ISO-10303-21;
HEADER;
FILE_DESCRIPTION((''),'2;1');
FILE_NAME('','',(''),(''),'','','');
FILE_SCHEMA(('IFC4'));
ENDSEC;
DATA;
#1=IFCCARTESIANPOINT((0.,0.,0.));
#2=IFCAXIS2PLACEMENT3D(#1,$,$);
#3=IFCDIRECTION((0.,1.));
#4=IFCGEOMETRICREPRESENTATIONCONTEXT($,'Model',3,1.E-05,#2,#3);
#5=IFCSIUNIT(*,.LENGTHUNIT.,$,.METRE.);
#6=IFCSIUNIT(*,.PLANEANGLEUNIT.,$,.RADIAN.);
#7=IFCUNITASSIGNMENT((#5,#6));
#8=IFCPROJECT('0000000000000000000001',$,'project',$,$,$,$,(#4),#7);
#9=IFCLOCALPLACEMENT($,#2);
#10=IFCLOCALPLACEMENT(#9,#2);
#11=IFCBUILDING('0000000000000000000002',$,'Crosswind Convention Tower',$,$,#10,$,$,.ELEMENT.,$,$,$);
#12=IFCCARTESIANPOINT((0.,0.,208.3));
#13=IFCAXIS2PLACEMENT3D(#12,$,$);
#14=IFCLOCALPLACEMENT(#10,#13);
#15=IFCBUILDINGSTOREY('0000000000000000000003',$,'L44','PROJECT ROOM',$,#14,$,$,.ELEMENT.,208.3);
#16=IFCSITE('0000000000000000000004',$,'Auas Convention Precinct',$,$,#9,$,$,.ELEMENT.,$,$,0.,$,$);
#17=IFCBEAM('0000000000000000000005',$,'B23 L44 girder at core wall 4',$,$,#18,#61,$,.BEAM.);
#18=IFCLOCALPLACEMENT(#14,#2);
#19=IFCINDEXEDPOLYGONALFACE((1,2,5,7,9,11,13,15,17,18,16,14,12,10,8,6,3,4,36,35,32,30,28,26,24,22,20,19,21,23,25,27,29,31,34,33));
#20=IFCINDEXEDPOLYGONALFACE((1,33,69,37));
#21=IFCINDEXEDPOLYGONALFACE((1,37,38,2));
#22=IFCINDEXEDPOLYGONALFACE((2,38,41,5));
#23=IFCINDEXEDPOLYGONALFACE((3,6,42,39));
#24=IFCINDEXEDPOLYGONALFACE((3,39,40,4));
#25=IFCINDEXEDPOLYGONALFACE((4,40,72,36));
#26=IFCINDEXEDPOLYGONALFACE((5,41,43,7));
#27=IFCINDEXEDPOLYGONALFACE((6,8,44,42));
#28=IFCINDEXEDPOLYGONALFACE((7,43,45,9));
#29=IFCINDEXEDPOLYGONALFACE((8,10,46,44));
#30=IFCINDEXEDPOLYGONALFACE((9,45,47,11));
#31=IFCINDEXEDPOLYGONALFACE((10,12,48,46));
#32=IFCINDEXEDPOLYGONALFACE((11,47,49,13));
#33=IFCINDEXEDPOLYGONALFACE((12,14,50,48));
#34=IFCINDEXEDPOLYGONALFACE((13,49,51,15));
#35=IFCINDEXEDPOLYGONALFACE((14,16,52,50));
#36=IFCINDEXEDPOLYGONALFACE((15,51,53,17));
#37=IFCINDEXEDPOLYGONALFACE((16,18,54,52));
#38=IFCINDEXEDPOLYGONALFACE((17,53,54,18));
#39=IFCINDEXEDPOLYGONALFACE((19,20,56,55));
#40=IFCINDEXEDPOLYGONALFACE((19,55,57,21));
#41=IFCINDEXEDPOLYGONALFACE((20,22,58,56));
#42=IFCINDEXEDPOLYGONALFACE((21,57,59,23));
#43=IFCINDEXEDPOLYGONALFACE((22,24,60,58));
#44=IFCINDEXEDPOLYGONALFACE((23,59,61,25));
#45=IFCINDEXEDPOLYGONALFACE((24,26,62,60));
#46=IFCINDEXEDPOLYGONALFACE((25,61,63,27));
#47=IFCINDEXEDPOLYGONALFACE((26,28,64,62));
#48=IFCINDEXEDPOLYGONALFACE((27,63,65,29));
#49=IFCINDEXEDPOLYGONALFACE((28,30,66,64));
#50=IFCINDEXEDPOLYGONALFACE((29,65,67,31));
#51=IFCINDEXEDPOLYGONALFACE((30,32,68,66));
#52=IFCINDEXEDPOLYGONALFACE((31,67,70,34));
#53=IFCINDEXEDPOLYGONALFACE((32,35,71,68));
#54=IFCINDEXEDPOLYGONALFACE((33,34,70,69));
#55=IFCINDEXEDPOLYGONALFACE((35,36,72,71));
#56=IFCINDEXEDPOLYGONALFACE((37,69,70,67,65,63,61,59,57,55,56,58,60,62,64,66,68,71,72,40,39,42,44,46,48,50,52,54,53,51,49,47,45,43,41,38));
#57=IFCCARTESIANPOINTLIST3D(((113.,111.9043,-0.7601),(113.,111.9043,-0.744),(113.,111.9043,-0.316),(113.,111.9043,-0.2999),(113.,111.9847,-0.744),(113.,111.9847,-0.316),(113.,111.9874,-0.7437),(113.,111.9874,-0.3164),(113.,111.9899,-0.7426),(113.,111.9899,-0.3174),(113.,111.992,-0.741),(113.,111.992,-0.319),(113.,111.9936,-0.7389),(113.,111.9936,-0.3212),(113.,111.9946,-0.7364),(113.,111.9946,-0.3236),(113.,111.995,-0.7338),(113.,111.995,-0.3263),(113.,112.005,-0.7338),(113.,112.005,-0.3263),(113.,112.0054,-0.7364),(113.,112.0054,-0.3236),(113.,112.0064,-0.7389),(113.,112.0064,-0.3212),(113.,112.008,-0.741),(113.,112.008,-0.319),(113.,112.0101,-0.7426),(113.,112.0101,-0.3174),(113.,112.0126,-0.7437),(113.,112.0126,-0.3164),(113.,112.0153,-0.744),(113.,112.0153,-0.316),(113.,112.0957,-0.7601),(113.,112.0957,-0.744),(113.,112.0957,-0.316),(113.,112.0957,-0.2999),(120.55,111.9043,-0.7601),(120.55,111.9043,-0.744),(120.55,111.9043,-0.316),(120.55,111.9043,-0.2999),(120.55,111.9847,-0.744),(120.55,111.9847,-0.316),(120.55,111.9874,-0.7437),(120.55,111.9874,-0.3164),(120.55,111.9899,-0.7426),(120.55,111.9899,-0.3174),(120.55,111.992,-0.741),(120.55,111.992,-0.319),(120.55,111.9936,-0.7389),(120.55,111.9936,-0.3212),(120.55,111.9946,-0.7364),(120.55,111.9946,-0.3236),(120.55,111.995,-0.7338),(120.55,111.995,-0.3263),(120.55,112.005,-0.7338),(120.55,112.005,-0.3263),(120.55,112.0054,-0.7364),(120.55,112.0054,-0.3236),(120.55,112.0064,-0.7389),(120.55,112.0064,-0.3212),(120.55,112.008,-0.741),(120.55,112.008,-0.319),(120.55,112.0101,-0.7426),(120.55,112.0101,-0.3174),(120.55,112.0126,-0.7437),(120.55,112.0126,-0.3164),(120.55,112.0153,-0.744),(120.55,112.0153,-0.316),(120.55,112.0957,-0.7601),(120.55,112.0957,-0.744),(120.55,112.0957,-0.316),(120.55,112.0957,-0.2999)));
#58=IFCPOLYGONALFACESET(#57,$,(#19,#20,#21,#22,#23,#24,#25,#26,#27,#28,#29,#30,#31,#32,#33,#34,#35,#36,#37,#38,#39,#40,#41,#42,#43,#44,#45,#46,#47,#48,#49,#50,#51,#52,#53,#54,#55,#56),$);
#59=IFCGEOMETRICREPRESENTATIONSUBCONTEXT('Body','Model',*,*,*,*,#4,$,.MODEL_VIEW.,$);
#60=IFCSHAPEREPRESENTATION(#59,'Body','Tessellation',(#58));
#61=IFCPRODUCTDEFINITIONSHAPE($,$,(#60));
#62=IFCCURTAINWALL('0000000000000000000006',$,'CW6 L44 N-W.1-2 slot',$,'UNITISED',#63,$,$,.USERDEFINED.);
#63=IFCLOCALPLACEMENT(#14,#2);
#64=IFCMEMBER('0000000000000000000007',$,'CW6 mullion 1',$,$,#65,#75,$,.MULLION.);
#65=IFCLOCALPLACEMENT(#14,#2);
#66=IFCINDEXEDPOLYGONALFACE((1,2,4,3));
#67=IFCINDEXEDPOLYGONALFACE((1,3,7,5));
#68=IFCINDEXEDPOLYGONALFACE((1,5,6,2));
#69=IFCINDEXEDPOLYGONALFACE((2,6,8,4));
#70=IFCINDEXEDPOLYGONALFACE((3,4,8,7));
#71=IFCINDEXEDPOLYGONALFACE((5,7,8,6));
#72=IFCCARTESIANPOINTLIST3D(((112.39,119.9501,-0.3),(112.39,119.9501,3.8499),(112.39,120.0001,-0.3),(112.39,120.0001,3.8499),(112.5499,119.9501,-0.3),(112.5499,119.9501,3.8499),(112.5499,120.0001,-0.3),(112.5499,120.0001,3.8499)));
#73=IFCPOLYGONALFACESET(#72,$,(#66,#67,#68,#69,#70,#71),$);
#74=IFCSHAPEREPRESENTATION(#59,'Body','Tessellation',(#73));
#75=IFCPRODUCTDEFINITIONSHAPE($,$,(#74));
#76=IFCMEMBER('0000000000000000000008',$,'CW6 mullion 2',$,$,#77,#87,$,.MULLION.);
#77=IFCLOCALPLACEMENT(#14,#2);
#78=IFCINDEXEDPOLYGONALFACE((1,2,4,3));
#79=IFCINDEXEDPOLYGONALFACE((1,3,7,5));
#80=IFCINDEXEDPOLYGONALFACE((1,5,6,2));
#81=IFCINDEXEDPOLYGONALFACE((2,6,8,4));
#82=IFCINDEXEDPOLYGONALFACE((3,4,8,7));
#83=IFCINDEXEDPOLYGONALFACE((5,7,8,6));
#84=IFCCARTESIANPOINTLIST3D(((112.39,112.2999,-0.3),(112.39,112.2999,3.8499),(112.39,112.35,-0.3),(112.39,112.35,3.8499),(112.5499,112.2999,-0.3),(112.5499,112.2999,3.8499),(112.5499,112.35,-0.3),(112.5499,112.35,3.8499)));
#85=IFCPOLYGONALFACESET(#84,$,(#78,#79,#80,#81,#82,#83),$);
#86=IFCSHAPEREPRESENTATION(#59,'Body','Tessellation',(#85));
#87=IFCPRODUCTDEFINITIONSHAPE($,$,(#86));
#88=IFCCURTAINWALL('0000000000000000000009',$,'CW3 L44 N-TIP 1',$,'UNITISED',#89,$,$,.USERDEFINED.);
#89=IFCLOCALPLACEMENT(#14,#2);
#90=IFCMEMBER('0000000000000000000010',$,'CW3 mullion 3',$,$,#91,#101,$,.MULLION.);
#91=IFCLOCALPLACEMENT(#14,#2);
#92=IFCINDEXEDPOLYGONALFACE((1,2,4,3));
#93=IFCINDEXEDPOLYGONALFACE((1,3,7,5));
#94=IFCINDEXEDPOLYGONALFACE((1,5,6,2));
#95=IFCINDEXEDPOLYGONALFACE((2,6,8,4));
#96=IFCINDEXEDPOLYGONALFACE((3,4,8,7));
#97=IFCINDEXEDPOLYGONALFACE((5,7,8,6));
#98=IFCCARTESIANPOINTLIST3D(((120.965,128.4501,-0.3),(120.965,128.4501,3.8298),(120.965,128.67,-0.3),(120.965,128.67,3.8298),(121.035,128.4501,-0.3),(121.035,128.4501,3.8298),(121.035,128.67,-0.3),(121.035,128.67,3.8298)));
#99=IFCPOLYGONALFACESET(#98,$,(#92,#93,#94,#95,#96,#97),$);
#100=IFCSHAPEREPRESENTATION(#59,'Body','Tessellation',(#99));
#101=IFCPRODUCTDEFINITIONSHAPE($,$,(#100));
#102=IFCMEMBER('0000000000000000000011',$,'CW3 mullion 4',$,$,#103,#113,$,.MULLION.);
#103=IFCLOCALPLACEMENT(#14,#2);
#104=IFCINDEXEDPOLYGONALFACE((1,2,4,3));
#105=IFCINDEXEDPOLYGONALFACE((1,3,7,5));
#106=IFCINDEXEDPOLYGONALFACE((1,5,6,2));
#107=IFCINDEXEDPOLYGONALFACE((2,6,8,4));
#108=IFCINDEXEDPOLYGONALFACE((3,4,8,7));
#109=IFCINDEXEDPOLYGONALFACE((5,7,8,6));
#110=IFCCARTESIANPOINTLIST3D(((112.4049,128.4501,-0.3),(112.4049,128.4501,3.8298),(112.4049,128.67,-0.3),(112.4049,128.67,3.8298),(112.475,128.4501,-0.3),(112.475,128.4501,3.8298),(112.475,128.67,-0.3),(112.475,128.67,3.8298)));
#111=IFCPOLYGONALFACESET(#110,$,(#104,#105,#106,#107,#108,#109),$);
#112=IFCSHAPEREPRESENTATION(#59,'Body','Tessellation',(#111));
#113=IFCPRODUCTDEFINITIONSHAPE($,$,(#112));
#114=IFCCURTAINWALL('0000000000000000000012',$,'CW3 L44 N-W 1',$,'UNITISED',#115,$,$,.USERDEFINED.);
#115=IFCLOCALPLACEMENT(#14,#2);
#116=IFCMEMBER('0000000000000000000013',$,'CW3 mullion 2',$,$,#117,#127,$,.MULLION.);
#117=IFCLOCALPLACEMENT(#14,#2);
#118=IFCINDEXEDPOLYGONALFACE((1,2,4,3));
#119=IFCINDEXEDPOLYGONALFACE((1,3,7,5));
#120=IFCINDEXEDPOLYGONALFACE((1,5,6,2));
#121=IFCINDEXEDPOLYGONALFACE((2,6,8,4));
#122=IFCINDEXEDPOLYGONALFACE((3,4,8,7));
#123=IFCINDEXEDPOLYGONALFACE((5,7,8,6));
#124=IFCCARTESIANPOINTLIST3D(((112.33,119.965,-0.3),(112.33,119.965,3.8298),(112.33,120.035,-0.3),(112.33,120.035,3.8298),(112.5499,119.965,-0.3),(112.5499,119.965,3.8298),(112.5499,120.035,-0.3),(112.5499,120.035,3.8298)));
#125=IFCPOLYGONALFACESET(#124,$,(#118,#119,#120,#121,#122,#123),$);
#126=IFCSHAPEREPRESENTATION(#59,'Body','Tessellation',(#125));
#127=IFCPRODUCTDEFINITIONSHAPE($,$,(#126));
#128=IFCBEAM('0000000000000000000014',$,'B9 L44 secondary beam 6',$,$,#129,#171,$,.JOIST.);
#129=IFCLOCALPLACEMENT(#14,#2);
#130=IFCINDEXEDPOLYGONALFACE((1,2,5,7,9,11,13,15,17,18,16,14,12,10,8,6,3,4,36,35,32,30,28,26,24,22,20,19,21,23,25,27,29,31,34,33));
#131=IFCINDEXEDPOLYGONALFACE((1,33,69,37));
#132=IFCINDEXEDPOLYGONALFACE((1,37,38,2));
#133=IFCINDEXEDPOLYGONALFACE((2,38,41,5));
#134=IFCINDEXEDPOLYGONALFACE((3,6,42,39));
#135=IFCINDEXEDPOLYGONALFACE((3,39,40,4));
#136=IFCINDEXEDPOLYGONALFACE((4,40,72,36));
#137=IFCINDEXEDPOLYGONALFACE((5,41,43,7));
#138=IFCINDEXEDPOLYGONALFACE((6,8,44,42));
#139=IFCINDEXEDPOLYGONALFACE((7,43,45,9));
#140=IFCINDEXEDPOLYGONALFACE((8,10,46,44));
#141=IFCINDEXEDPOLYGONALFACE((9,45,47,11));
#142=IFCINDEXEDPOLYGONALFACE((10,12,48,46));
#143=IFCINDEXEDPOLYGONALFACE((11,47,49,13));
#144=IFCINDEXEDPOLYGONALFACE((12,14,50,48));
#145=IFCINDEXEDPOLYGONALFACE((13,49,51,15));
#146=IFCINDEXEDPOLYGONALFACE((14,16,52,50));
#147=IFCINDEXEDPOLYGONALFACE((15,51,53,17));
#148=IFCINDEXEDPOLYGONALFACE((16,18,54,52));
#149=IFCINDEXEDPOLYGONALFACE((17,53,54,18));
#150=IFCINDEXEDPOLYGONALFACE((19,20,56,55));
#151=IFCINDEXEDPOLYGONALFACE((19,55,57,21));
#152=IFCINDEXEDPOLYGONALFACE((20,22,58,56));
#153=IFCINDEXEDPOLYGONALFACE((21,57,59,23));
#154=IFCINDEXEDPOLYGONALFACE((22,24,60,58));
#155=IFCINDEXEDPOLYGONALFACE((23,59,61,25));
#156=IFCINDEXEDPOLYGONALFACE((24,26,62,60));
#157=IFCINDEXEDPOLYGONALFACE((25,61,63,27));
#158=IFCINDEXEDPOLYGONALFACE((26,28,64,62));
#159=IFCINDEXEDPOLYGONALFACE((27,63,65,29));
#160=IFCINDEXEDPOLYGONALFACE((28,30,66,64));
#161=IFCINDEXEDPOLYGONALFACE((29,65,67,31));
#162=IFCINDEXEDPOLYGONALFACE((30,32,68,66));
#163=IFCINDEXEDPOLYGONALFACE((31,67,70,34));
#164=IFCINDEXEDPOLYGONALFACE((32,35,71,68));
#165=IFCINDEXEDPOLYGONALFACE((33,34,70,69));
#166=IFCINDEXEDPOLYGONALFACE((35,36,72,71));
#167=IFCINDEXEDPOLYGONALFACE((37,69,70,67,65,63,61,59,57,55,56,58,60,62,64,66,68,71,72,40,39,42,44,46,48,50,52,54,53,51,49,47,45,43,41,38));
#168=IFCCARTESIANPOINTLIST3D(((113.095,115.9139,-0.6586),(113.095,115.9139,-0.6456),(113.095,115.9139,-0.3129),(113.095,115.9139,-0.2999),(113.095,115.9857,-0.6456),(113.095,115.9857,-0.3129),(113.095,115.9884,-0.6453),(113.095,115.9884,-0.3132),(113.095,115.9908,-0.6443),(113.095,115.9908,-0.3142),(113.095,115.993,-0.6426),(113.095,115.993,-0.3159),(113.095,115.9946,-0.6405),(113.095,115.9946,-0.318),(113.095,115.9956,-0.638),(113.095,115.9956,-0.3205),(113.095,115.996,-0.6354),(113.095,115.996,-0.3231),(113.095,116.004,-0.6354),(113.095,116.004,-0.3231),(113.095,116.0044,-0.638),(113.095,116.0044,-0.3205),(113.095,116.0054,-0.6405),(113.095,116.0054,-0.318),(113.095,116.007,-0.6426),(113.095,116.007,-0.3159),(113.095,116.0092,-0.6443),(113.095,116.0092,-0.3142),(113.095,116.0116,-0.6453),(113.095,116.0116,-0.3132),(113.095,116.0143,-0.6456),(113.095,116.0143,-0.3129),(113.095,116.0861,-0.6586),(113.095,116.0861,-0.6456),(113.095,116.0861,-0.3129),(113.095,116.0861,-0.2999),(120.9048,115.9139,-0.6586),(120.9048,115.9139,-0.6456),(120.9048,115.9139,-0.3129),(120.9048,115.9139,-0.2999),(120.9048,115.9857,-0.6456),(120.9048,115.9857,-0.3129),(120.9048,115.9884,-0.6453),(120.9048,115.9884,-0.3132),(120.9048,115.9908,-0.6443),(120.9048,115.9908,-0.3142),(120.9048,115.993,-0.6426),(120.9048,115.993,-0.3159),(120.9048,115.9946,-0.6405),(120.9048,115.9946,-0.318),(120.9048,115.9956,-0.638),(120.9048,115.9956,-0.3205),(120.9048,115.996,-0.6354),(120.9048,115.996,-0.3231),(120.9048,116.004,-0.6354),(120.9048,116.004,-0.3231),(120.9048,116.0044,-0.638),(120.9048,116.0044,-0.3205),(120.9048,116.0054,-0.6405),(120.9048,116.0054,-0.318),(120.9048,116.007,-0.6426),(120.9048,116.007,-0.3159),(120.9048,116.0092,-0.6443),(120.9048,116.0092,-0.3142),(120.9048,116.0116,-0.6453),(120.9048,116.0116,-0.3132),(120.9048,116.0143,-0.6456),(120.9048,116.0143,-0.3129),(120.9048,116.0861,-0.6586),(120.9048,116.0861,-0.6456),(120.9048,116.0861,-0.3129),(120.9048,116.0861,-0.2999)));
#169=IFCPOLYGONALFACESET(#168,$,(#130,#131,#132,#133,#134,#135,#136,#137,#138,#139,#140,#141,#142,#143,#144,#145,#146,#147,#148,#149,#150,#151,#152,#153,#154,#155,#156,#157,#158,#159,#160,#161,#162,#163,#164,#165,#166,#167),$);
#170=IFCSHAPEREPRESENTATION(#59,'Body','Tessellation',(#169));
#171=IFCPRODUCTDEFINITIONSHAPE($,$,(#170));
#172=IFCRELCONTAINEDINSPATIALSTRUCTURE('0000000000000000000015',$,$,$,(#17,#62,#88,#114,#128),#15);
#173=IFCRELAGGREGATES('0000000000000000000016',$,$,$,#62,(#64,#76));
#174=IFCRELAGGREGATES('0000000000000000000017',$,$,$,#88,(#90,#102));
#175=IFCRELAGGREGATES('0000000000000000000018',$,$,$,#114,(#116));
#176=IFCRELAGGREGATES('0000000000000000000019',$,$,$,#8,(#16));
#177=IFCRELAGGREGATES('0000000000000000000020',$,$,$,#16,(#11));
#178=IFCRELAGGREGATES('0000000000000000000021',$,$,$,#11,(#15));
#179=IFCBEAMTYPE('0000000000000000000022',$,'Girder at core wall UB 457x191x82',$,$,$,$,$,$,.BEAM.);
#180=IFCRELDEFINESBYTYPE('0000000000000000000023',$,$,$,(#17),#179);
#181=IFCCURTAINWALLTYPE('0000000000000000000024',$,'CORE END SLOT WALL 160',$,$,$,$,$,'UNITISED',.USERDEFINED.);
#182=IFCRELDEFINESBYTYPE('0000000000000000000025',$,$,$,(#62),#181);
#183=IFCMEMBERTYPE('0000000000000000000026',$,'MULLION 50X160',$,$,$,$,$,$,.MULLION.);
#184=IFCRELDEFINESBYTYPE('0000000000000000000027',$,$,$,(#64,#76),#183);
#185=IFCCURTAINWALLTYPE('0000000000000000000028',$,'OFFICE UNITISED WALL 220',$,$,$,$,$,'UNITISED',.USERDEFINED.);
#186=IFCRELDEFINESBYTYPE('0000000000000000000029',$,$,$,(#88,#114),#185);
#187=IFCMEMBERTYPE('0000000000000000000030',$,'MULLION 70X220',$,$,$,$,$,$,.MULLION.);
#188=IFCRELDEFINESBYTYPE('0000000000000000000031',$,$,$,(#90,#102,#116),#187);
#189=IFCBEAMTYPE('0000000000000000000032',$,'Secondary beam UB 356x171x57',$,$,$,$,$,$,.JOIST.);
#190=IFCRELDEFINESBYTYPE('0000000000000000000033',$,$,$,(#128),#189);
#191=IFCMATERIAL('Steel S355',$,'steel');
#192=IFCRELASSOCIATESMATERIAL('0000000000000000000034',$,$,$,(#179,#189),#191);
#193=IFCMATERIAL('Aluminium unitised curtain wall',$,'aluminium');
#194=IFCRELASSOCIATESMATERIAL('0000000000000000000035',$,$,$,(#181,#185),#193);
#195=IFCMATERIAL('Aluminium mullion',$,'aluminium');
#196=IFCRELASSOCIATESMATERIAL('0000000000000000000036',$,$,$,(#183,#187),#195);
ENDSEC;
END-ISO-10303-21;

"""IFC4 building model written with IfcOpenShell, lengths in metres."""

from ifc_helpers import new_model, si_unit, direction, frame, origin, origin_2d, place, context, subcontext, project, spatial, rectangle, i_section, extrude, material, material_profile, profile_set, type_object, element, aggregate, save


model = new_model("IFC4")

# Units and contexts
model_context = context("Model", 3, precision=1e-05, world=origin(), true_north=direction((0.0, 1.0)))
body_context = subcontext(model_context, "Body", "Model", "MODEL_VIEW")
ifc_project = project(units=[si_unit("LENGTHUNIT", "METRE"), si_unit("PLANEANGLEUNIT", "RADIAN")], contexts=[model_context])

# Site, building, storey
site_placement = place(None, origin())
site = spatial("IfcSite", under=ifc_project, at=site_placement, Name="Auas Convention Precinct", CompositionType="ELEMENT", RefElevation=0.0)
building_placement = place(site_placement, origin())
building = spatial("IfcBuilding", under=site, at=building_placement, Name="Crosswind Convention Tower", CompositionType="ELEMENT")
storey_placement = place(building_placement, frame((0.0, 0.0, 208.3)))
storey = spatial("IfcBuildingStorey", under=building, at=storey_placement, Name="L44", Description="PROJECT ROOM", CompositionType="ELEMENT", Elevation=208.3)

# Beam
ifc_material_1 = material(Name="Steel S355", Category="steel")
ifc_material_profile_1 = material_profile(ifc_material_1, i_section(OverallWidth=0.1914, OverallDepth=0.4602, WebThickness=0.01, FlangeThickness=0.0161, FilletRadius=0.0103, at=origin_2d()), Name="UB 457x191x82")
ifc_profile_set_1 = profile_set([ifc_material_profile_1], Name="Steel S355")
beam_type_1 = type_object("IfcBeamType", Name="Girder at core wall UB 457x191x82", PredefinedType="BEAM", material=ifc_profile_set_1)
beam_1_placement = place(storey_placement, frame((113.0, 112.0, -0.53), z_axis=(1.0, 0.0, 0.0), x_axis=(0.0, 1.0, 0.0)))
element("IfcBeam", 1, at=beam_1_placement, inside=storey, type_object=beam_type_1, Name="B23 L44 girder at core wall 4", PredefinedType="BEAM", context=body_context, shape_type="SweptSolid", body=[
    extrude(i_section(OverallWidth=0.1914, OverallDepth=0.4602, WebThickness=0.01, FlangeThickness=0.0161, FilletRadius=0.0103, at=origin_2d()), origin(), (0.0, 0.0, 1.0), 7.55),
])

# Curtain walls, members
ifc_material_2 = material(Name="Aluminium unitised curtain wall", Category="aluminium")
curtain_wall_type_1 = type_object("IfcCurtainWallType", Name="CORE END SLOT WALL 160", ElementType="UNITISED", PredefinedType="USERDEFINED", material=ifc_material_2)
curtain_wall_1_placement = place(storey_placement, origin())
curtain_wall_1 = element("IfcCurtainWall", 2, at=curtain_wall_1_placement, inside=storey, type_object=curtain_wall_type_1, Name="CW6 L44 N-W.1-2 slot", ObjectType="UNITISED", PredefinedType="USERDEFINED")
ifc_material_3 = material(Name="Aluminium mullion", Category="aluminium")
ifc_material_profile_2 = material_profile(ifc_material_3, rectangle(XDim=0.1599, YDim=0.05, at=origin_2d()), Name="AL 160X50")
ifc_profile_set_2 = profile_set([ifc_material_profile_2], Name="Aluminium mullion")
member_type_1 = type_object("IfcMemberType", Name="MULLION 50X160", PredefinedType="MULLION", material=ifc_profile_set_2)
member_1_placement = place(storey_placement, frame((112.47, 119.9751, -0.3), z_axis=(0.0, 0.0, 1.0), x_axis=(-1.0, 0.0, 0.0)))
member_1 = element("IfcMember", 3, at=member_1_placement, type_object=member_type_1, Name="CW6 mullion 1", PredefinedType="MULLION", context=body_context, shape_type="SweptSolid", body=[
    extrude(rectangle(XDim=0.1599, YDim=0.05, at=origin_2d()), origin(), (0.0, 0.0, 1.0), 4.1499),
])
member_2_placement = place(storey_placement, frame((112.47, 112.325, -0.3), z_axis=(0.0, 0.0, 1.0), x_axis=(-1.0, 0.0, 0.0)))
member_2 = element("IfcMember", 4, at=member_2_placement, type_object=member_type_1, Name="CW6 mullion 2", PredefinedType="MULLION", context=body_context, shape_type="SweptSolid", body=[
    extrude(rectangle(XDim=0.1599, YDim=0.05, at=origin_2d()), origin(), (0.0, 0.0, 1.0), 4.1499),
])
curtain_wall_type_2 = type_object("IfcCurtainWallType", Name="OFFICE UNITISED WALL 220", ElementType="UNITISED", PredefinedType="USERDEFINED", material=ifc_material_2)
curtain_wall_2_placement = place(storey_placement, origin())
curtain_wall_2 = element("IfcCurtainWall", 5, at=curtain_wall_2_placement, inside=storey, type_object=curtain_wall_type_2, Name="CW3 L44 N-TIP 1", ObjectType="UNITISED", PredefinedType="USERDEFINED")
ifc_material_profile_3 = material_profile(ifc_material_3, rectangle(XDim=0.22, YDim=0.0701, at=origin_2d()), Name="AL 220X70")
ifc_profile_set_3 = profile_set([ifc_material_profile_3], Name="Aluminium mullion")
member_type_2 = type_object("IfcMemberType", Name="MULLION 70X220", PredefinedType="MULLION", material=ifc_profile_set_3)
member_3_placement = place(storey_placement, frame((121.0, 128.5601, -0.3), z_axis=(0.0, 0.0, 1.0), x_axis=(0.0, 1.0, 0.0)))
member_3 = element("IfcMember", 6, at=member_3_placement, type_object=member_type_2, Name="CW3 mullion 3", PredefinedType="MULLION", context=body_context, shape_type="SweptSolid", body=[
    extrude(rectangle(XDim=0.22, YDim=0.0701, at=origin_2d()), origin(), (0.0, 0.0, 1.0), 4.1299),
])
member_4_placement = place(storey_placement, frame((112.4399, 128.5601, -0.3), z_axis=(0.0, 0.0, 1.0), x_axis=(0.0, 1.0, 0.0)))
member_4 = element("IfcMember", 7, at=member_4_placement, type_object=member_type_2, Name="CW3 mullion 4", PredefinedType="MULLION", context=body_context, shape_type="SweptSolid", body=[
    extrude(rectangle(XDim=0.22, YDim=0.0701, at=origin_2d()), origin(), (0.0, 0.0, 1.0), 4.1299),
])

# Curtain wall, member
curtain_wall_3_placement = place(storey_placement, origin())
curtain_wall_3 = element("IfcCurtainWall", 8, at=curtain_wall_3_placement, inside=storey, type_object=curtain_wall_type_2, Name="CW3 L44 N-W 1", ObjectType="UNITISED", PredefinedType="USERDEFINED")
member_5_placement = place(storey_placement, frame((112.4399, 120.0, -0.3), z_axis=(0.0, 0.0, 1.0), x_axis=(-1.0, 0.0, 0.0)))
member_5 = element("IfcMember", 9, at=member_5_placement, type_object=member_type_2, Name="CW3 mullion 2", PredefinedType="MULLION", context=body_context, shape_type="SweptSolid", body=[
    extrude(rectangle(XDim=0.22, YDim=0.0701, at=origin_2d()), origin(), (0.0, 0.0, 1.0), 4.1299),
])

# Beam
ifc_material_profile_4 = material_profile(ifc_material_1, i_section(OverallWidth=0.1721, OverallDepth=0.3586, WebThickness=0.0081, FlangeThickness=0.0129, FilletRadius=0.0103, at=origin_2d()), Name="UB 356x171x57")
ifc_profile_set_4 = profile_set([ifc_material_profile_4], Name="Steel S355")
beam_type_2 = type_object("IfcBeamType", Name="Secondary beam UB 356x171x57", PredefinedType="JOIST", material=ifc_profile_set_4)
for number, where, z_axis, x_axis, name in (
    (10, (113.095, 116.0, -0.4792), (1.0, 0.0, 0.0), (0.0, 1.0, 0.0), "B9 L44 secondary beam 6"),
):
    element("IfcBeam", number, at=place(storey_placement, frame(where, z_axis=z_axis, x_axis=x_axis)), inside=storey, type_object=beam_type_2, Name=name, PredefinedType="JOIST", context=body_context, shape_type="SweptSolid", body=[
        extrude(i_section(OverallWidth=0.1721, OverallDepth=0.3586, WebThickness=0.0081, FlangeThickness=0.0129, FilletRadius=0.0103, at=origin_2d()), origin(), (0.0, 0.0, 1.0), 7.8098),
    ])

aggregate(curtain_wall_1, [member_1, member_2])
aggregate(curtain_wall_2, [member_3, member_4])

aggregate(curtain_wall_3, [member_5])

save(model, "model.ifc")
